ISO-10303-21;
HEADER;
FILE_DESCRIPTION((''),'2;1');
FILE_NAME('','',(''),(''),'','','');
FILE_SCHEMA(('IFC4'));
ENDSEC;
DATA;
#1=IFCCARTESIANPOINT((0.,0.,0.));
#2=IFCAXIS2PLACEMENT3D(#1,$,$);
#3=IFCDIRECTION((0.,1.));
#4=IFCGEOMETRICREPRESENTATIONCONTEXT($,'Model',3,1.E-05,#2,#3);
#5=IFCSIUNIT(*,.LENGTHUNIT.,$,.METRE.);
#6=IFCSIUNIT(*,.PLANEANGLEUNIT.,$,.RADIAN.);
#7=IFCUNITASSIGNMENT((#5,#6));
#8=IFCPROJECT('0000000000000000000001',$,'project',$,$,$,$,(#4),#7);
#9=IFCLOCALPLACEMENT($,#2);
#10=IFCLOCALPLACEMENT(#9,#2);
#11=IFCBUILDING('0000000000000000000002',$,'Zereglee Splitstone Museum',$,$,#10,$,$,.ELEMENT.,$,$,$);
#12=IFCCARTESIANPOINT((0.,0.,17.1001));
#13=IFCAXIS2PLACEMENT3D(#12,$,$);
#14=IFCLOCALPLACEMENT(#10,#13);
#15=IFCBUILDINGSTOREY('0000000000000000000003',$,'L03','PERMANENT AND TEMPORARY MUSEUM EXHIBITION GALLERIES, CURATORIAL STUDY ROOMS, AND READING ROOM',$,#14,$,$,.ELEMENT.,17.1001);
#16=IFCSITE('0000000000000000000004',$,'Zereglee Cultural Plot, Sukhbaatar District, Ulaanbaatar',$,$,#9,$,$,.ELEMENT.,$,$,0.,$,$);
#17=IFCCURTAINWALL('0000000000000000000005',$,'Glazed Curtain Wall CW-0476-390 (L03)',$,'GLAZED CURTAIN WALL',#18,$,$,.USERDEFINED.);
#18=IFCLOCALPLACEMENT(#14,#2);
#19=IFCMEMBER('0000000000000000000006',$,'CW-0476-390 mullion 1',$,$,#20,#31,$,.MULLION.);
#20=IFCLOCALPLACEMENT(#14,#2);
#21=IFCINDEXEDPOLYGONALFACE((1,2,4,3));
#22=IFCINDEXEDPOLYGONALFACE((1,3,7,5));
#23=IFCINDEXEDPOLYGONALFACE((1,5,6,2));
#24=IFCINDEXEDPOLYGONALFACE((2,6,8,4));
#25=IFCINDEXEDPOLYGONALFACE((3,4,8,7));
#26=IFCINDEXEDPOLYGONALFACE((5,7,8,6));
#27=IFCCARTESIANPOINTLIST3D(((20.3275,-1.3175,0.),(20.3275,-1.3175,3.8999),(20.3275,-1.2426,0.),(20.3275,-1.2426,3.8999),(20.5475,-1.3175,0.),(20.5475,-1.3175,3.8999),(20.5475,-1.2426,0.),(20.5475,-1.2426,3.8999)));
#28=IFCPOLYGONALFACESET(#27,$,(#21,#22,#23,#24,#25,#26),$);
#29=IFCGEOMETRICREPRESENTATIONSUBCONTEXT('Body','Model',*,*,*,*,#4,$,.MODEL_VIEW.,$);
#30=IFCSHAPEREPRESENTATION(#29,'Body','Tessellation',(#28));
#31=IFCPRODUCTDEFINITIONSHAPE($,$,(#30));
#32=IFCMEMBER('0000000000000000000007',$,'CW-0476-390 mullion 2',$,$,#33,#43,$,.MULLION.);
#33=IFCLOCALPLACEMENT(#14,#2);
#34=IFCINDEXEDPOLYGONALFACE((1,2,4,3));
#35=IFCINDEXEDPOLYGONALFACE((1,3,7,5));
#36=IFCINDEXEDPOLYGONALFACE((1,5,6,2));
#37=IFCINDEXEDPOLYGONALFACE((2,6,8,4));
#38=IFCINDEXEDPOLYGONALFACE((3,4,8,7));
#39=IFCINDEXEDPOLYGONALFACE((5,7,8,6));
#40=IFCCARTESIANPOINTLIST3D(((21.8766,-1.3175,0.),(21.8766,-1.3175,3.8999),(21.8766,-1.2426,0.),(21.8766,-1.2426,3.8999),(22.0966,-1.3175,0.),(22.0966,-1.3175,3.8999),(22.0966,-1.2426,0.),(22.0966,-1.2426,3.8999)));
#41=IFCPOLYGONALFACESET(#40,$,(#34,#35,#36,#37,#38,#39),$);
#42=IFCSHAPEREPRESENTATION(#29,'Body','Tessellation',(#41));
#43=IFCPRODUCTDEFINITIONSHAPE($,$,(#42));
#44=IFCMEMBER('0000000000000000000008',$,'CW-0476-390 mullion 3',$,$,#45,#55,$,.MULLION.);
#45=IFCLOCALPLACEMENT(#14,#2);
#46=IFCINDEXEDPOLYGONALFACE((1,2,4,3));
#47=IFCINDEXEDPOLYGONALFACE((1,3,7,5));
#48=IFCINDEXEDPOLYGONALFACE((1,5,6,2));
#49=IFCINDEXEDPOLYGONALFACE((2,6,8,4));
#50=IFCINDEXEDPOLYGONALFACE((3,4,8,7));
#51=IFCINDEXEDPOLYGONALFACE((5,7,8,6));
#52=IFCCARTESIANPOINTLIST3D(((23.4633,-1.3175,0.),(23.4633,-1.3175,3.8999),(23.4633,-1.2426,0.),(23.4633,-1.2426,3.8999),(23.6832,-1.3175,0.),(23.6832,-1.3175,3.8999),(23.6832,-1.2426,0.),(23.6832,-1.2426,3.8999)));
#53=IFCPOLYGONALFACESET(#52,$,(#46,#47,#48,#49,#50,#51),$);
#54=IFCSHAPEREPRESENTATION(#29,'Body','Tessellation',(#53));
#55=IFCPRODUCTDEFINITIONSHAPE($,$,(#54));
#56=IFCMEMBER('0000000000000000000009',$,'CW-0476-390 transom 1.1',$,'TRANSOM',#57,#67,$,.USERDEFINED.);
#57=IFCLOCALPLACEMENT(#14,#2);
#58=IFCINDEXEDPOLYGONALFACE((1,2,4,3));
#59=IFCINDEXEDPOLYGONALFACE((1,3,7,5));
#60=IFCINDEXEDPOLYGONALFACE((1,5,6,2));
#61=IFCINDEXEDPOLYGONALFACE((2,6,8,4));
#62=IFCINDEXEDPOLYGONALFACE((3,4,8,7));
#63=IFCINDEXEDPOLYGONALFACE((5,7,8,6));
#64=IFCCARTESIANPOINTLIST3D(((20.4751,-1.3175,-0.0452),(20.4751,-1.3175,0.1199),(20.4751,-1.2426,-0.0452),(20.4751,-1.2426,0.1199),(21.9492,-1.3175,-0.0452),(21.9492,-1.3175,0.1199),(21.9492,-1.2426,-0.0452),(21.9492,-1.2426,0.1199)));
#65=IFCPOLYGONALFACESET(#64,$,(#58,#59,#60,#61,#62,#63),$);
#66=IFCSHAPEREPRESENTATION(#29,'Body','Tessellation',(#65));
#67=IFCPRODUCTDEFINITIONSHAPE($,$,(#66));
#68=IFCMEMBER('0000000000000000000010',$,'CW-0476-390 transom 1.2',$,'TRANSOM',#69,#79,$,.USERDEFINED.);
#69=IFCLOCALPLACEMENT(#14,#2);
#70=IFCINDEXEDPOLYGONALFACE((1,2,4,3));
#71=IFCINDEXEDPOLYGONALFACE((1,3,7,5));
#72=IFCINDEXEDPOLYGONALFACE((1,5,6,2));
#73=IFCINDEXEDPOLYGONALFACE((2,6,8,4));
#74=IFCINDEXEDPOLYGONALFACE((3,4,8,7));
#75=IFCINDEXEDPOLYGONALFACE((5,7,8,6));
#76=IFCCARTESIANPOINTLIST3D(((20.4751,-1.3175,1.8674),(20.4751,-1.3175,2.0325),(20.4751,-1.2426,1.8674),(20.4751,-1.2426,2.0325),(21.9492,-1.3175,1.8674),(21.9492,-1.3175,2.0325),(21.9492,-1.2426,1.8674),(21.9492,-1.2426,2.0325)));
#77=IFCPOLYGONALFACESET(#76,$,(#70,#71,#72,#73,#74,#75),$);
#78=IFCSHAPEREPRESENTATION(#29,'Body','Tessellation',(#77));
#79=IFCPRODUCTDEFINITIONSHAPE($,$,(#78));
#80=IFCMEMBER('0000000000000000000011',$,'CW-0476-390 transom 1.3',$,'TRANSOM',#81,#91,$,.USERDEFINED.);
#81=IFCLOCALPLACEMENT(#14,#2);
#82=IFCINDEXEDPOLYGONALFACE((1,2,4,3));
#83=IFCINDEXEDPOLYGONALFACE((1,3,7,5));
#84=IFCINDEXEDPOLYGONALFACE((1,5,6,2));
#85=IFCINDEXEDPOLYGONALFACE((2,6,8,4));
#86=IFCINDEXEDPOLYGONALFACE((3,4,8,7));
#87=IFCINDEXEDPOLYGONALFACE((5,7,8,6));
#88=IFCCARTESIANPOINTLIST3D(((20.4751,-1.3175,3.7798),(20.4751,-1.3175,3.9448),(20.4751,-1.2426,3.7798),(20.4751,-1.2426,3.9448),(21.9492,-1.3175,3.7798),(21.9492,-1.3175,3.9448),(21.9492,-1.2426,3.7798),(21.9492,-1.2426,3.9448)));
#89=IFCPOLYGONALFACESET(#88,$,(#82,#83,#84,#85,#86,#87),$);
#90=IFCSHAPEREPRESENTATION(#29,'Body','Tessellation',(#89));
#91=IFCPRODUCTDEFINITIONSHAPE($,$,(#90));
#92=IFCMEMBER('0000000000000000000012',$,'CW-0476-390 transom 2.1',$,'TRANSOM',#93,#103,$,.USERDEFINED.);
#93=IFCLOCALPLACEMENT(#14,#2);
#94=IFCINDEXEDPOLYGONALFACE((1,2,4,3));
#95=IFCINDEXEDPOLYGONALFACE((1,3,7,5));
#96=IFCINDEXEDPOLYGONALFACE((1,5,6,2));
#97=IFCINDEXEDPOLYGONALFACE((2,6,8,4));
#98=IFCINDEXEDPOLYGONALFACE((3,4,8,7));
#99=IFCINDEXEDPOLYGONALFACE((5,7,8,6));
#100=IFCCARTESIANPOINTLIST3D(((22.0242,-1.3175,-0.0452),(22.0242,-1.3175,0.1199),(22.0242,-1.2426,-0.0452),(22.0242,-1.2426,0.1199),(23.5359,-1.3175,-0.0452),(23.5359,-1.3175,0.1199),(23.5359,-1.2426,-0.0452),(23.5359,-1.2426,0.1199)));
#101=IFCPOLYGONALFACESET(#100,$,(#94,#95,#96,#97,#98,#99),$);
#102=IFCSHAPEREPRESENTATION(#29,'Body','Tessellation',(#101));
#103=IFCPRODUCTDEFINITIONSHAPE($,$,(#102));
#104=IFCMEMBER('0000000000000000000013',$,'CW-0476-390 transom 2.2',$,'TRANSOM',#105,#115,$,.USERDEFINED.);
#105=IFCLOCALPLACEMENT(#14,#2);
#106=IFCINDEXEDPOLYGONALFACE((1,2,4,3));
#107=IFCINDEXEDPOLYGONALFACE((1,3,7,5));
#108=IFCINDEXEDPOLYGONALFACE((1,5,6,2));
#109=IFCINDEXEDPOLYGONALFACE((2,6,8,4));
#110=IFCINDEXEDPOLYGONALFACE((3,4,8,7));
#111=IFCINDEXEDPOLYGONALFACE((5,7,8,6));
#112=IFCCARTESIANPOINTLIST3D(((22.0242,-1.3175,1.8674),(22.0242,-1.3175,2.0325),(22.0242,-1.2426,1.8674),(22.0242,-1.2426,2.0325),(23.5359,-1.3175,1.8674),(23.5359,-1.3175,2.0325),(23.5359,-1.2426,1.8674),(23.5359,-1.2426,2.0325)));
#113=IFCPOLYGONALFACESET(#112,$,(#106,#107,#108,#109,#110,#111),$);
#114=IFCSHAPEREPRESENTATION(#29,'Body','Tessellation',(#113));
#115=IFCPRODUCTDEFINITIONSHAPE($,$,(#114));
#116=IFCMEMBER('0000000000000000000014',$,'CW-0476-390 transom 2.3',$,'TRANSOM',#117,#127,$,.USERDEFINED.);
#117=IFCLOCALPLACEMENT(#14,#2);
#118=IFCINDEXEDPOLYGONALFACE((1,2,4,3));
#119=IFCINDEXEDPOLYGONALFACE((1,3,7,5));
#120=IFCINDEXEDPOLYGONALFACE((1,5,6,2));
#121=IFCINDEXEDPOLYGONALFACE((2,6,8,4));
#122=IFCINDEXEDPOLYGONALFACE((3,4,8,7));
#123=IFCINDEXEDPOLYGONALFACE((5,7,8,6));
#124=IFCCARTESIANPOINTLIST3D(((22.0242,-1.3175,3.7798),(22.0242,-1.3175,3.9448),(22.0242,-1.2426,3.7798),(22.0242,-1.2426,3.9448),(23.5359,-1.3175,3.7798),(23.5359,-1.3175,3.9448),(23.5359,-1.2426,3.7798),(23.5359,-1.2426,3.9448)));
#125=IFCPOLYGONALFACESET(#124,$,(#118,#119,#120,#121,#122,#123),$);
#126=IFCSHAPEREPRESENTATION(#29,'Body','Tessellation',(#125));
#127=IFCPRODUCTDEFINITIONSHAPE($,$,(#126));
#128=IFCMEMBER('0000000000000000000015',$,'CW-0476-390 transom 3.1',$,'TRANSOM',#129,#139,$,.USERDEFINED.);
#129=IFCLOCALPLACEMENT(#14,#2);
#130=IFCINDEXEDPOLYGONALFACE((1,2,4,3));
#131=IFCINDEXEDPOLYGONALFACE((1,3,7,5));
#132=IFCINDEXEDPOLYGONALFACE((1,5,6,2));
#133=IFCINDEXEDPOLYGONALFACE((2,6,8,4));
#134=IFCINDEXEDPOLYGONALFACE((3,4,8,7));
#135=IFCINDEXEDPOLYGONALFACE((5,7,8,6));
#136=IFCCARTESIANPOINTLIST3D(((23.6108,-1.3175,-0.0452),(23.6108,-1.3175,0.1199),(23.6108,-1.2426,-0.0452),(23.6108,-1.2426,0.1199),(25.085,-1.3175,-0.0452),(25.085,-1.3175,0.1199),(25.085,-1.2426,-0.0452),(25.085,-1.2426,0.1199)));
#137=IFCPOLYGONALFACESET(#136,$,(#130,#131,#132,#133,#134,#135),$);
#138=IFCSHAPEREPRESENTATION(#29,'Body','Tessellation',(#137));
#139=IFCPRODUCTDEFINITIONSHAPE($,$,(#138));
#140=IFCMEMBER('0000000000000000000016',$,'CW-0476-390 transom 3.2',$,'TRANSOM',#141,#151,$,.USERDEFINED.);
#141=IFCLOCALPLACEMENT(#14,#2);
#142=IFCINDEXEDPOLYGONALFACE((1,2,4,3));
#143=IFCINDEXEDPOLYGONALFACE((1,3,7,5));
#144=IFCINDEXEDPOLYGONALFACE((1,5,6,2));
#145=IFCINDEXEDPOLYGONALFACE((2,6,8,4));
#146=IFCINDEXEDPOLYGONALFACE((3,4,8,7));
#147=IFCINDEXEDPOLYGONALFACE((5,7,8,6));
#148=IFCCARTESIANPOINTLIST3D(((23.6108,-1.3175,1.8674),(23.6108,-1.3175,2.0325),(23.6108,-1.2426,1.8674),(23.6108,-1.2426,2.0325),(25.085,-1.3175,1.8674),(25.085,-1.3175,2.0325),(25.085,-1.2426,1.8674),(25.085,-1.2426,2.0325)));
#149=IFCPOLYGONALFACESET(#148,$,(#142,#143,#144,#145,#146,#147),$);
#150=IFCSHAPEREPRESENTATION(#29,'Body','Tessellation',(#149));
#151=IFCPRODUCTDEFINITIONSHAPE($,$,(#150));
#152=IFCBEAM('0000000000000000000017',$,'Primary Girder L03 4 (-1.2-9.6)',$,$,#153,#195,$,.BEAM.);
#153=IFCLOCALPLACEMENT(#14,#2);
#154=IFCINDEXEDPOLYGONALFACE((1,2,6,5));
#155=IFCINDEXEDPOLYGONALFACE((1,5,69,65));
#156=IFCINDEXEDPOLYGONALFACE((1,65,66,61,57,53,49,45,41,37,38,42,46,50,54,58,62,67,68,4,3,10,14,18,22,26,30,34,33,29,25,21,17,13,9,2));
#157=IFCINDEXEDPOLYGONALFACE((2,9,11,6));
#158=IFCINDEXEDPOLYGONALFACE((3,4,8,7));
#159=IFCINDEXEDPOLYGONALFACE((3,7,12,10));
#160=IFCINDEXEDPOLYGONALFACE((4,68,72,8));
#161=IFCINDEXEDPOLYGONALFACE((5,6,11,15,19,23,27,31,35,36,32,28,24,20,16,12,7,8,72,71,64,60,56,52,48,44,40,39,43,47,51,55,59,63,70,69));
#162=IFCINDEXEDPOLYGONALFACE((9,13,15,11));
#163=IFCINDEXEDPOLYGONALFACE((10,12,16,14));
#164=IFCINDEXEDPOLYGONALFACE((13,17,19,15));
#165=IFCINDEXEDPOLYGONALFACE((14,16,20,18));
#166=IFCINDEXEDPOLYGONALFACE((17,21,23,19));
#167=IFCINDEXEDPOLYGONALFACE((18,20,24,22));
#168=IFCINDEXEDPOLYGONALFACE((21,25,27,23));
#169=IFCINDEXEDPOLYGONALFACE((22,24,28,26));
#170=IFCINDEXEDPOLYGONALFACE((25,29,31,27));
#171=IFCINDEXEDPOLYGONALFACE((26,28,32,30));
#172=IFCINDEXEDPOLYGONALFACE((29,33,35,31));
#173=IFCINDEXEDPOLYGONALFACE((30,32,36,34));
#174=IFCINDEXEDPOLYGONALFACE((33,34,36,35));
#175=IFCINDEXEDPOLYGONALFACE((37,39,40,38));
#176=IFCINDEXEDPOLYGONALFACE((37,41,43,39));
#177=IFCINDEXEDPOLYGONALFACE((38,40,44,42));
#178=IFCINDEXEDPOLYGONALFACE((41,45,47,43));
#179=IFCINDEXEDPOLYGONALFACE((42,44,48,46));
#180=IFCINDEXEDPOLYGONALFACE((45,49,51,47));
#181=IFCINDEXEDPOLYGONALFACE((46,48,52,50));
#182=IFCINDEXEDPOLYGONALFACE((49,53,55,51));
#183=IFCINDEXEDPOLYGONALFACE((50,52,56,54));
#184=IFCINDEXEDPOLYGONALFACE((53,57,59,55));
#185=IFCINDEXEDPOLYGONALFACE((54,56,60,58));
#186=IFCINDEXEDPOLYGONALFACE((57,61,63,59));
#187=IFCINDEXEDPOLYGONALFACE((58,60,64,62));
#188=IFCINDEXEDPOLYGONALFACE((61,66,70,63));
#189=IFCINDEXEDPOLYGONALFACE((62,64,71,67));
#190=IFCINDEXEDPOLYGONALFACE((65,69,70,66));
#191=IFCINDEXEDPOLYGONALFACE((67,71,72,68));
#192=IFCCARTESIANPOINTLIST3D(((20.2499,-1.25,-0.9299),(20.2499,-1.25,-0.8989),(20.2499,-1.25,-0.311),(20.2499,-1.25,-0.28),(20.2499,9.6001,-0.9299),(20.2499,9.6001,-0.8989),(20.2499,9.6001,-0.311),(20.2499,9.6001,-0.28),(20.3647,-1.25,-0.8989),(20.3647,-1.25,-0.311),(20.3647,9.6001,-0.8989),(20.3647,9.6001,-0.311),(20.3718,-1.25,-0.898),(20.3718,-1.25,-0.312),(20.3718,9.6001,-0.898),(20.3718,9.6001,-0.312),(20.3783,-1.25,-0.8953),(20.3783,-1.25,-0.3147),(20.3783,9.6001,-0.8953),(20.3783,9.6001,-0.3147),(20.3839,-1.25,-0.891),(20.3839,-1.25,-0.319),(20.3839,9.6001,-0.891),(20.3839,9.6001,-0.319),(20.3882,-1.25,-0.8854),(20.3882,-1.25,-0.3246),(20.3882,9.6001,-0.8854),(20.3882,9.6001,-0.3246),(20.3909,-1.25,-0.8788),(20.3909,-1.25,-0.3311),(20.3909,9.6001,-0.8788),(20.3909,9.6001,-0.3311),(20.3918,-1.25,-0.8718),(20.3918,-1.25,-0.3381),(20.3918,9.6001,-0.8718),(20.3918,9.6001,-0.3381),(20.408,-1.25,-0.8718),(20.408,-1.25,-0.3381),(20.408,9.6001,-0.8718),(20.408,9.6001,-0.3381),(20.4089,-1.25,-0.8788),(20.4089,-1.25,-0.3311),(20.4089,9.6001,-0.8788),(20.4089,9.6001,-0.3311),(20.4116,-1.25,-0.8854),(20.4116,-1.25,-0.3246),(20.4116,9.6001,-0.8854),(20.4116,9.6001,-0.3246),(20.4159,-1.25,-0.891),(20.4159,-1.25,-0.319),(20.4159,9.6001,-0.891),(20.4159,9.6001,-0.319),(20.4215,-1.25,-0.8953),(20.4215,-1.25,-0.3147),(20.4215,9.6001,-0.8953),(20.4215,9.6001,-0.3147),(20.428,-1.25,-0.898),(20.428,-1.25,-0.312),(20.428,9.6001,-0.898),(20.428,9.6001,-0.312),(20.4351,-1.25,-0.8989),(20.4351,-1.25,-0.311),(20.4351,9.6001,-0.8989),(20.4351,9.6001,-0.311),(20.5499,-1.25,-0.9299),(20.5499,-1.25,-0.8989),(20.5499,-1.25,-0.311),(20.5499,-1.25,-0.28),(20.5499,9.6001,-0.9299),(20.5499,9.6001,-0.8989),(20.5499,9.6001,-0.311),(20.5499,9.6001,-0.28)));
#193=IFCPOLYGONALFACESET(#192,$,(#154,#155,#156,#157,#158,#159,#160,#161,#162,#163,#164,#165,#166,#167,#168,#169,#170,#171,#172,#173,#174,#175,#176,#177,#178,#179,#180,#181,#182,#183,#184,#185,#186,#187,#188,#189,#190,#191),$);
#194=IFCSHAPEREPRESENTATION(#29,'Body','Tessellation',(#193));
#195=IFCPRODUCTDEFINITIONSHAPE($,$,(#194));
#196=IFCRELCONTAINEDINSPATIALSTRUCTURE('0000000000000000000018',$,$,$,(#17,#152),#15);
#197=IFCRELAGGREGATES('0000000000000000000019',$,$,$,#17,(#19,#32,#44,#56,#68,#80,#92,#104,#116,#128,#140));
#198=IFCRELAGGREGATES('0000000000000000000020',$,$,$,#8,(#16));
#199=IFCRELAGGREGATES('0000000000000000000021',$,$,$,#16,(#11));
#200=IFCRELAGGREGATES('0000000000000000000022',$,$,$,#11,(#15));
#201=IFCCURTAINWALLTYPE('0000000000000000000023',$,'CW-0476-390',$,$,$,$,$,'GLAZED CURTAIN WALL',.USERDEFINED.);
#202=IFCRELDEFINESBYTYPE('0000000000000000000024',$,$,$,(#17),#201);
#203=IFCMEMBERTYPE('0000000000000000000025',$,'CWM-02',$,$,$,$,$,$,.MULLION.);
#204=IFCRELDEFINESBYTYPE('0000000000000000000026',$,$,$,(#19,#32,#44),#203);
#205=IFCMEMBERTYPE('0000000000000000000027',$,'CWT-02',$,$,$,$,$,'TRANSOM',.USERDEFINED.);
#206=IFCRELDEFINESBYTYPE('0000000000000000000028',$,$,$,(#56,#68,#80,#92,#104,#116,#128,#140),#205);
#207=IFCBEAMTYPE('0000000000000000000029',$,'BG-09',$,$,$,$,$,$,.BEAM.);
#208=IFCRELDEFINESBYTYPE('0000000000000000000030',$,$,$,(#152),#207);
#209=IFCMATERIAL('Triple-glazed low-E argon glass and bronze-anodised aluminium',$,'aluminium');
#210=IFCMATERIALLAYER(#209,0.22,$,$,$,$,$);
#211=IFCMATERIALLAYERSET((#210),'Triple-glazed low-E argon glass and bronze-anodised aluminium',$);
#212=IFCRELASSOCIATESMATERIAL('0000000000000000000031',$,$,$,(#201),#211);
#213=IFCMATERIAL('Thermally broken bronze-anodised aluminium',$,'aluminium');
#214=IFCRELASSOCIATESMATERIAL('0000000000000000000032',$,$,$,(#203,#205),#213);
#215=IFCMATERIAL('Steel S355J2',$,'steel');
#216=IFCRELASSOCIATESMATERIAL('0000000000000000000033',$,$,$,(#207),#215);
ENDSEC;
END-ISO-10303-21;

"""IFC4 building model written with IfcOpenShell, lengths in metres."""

from ifc_helpers import new_model, si_unit, direction, frame, origin, origin_2d, place, context, subcontext, project, spatial, rectangle, i_section, extrude, material, layer, layer_set, material_profile, profile_set, type_object, element, aggregate, save


model = new_model("IFC4")

# Units and contexts
model_context = context("Model", 3, precision=1e-05, world=origin(), true_north=direction((0.0, 1.0)))
body_context = subcontext(model_context, "Body", "Model", "MODEL_VIEW")
ifc_project = project(units=[si_unit("LENGTHUNIT", "METRE"), si_unit("PLANEANGLEUNIT", "RADIAN")], contexts=[model_context])

# Site, building, storey
site_placement = place(None, origin())
site = spatial("IfcSite", under=ifc_project, at=site_placement, Name="Zereglee Cultural Plot, Sukhbaatar District, Ulaanbaatar", CompositionType="ELEMENT", RefElevation=0.0)
building_placement = place(site_placement, origin())
building = spatial("IfcBuilding", under=site, at=building_placement, Name="Zereglee Splitstone Museum", CompositionType="ELEMENT")
storey_placement = place(building_placement, frame((0.0, 0.0, 17.1001)))
storey = spatial("IfcBuildingStorey", under=building, at=storey_placement, Name="L03", Description="PERMANENT AND TEMPORARY MUSEUM EXHIBITION GALLERIES, CURATORIAL STUDY ROOMS, AND READING ROOM", CompositionType="ELEMENT", Elevation=17.1001)

# Curtain wall, members
ifc_material_1 = material(Name="Triple-glazed low-E argon glass and bronze-anodised aluminium", Category="aluminium")
ifc_layer_1 = layer(ifc_material_1, 0.22)
ifc_layer_set_1 = layer_set([ifc_layer_1], Name="Triple-glazed low-E argon glass and bronze-anodised aluminium")
curtain_wall_type = type_object("IfcCurtainWallType", Name="CW-0476-390", ElementType="GLAZED CURTAIN WALL", PredefinedType="USERDEFINED", material=ifc_layer_set_1)
curtain_wall_placement = place(storey_placement, origin())
curtain_wall = element("IfcCurtainWall", 1, at=curtain_wall_placement, inside=storey, type_object=curtain_wall_type, Name="Glazed Curtain Wall CW-0476-390 (L03)", ObjectType="GLAZED CURTAIN WALL", PredefinedType="USERDEFINED")
ifc_material_2 = material(Name="Thermally broken bronze-anodised aluminium", Category="aluminium")
ifc_material_profile_1 = material_profile(ifc_material_2, rectangle(XDim=0.075, YDim=0.22, at=origin_2d()), Name="CW MULL 75x220")
ifc_profile_set_1 = profile_set([ifc_material_profile_1], Name="Thermally broken bronze-anodised aluminium")
member_type_1 = type_object("IfcMemberType", Name="CWM-02", PredefinedType="MULLION", material=ifc_profile_set_1)
member_1_placement = place(storey_placement, frame((20.4375, -1.28, 0.0), z_axis=(0.0, 0.0, 1.0), x_axis=(0.0, 1.0, 0.0)))
member_1 = element("IfcMember", 2, at=member_1_placement, type_object=member_type_1, Name="CW-0476-390 mullion 1", PredefinedType="MULLION", context=body_context, shape_type="SweptSolid", body=[
    extrude(rectangle(XDim=0.075, YDim=0.22, at=origin_2d()), origin(), (0.0, 0.0, 1.0), 3.8999),
])
member_2_placement = place(storey_placement, frame((21.9866, -1.28, 0.0), z_axis=(0.0, 0.0, 1.0), x_axis=(0.0, 1.0, 0.0)))
member_2 = element("IfcMember", 3, at=member_2_placement, type_object=member_type_1, Name="CW-0476-390 mullion 2", PredefinedType="MULLION", context=body_context, shape_type="SweptSolid", body=[
    extrude(rectangle(XDim=0.075, YDim=0.22, at=origin_2d()), origin(), (0.0, 0.0, 1.0), 3.8999),
])
member_3_placement = place(storey_placement, frame((23.5732, -1.28, 0.0), z_axis=(0.0, 0.0, 1.0), x_axis=(0.0, 1.0, 0.0)))
member_3 = element("IfcMember", 4, at=member_3_placement, type_object=member_type_1, Name="CW-0476-390 mullion 3", PredefinedType="MULLION", context=body_context, shape_type="SweptSolid", body=[
    extrude(rectangle(XDim=0.075, YDim=0.22, at=origin_2d()), origin(), (0.0, 0.0, 1.0), 3.8999),
])
ifc_material_profile_2 = material_profile(ifc_material_2, rectangle(XDim=0.075, YDim=0.165, at=origin_2d()), Name="CW TRAN 75x165")
ifc_profile_set_2 = profile_set([ifc_material_profile_2], Name="Thermally broken bronze-anodised aluminium")
member_type_2 = type_object("IfcMemberType", Name="CWT-02", ElementType="TRANSOM", PredefinedType="USERDEFINED", material=ifc_profile_set_2)
member_4_placement = place(storey_placement, frame((20.4751, -1.28, 0.0374), z_axis=(1.0, 0.0, 0.0), x_axis=(0.0, 1.0, 0.0)))
member_4 = element("IfcMember", 5, at=member_4_placement, type_object=member_type_2, Name="CW-0476-390 transom 1.1", ObjectType="TRANSOM", PredefinedType="USERDEFINED", context=body_context, shape_type="SweptSolid", body=[
    extrude(rectangle(XDim=0.075, YDim=0.165, at=origin_2d()), origin(), (0.0, 0.0, 1.0), 1.4741),
])
member_5_placement = place(storey_placement, frame((20.4751, -1.28, 1.95), z_axis=(1.0, 0.0, 0.0), x_axis=(0.0, 1.0, 0.0)))
member_5 = element("IfcMember", 6, at=member_5_placement, type_object=member_type_2, Name="CW-0476-390 transom 1.2", ObjectType="TRANSOM", PredefinedType="USERDEFINED", context=body_context, shape_type="SweptSolid", body=[
    extrude(rectangle(XDim=0.075, YDim=0.165, at=origin_2d()), origin(), (0.0, 0.0, 1.0), 1.4741),
])
member_6_placement = place(storey_placement, frame((20.4751, -1.28, 3.8623), z_axis=(1.0, 0.0, 0.0), x_axis=(0.0, 1.0, 0.0)))
member_6 = element("IfcMember", 7, at=member_6_placement, type_object=member_type_2, Name="CW-0476-390 transom 1.3", ObjectType="TRANSOM", PredefinedType="USERDEFINED", context=body_context, shape_type="SweptSolid", body=[
    extrude(rectangle(XDim=0.075, YDim=0.165, at=origin_2d()), origin(), (0.0, 0.0, 1.0), 1.4741),
])
member_7_placement = place(storey_placement, frame((22.0242, -1.28, 0.0374), z_axis=(1.0, 0.0, 0.0), x_axis=(0.0, 1.0, 0.0)))
member_7 = element("IfcMember", 8, at=member_7_placement, type_object=member_type_2, Name="CW-0476-390 transom 2.1", ObjectType="TRANSOM", PredefinedType="USERDEFINED", context=body_context, shape_type="SweptSolid", body=[
    extrude(rectangle(XDim=0.075, YDim=0.165, at=origin_2d()), origin(), (0.0, 0.0, 1.0), 1.5117),
])
member_8_placement = place(storey_placement, frame((22.0242, -1.28, 1.95), z_axis=(1.0, 0.0, 0.0), x_axis=(0.0, 1.0, 0.0)))
member_8 = element("IfcMember", 9, at=member_8_placement, type_object=member_type_2, Name="CW-0476-390 transom 2.2", ObjectType="TRANSOM", PredefinedType="USERDEFINED", context=body_context, shape_type="SweptSolid", body=[
    extrude(rectangle(XDim=0.075, YDim=0.165, at=origin_2d()), origin(), (0.0, 0.0, 1.0), 1.5117),
])
member_9_placement = place(storey_placement, frame((22.0242, -1.28, 3.8623), z_axis=(1.0, 0.0, 0.0), x_axis=(0.0, 1.0, 0.0)))
member_9 = element("IfcMember", 10, at=member_9_placement, type_object=member_type_2, Name="CW-0476-390 transom 2.3", ObjectType="TRANSOM", PredefinedType="USERDEFINED", context=body_context, shape_type="SweptSolid", body=[
    extrude(rectangle(XDim=0.075, YDim=0.165, at=origin_2d()), origin(), (0.0, 0.0, 1.0), 1.5117),
])
member_10_placement = place(storey_placement, frame((23.6108, -1.28, 0.0374), z_axis=(1.0, 0.0, 0.0), x_axis=(0.0, 1.0, 0.0)))
member_10 = element("IfcMember", 11, at=member_10_placement, type_object=member_type_2, Name="CW-0476-390 transom 3.1", ObjectType="TRANSOM", PredefinedType="USERDEFINED", context=body_context, shape_type="SweptSolid", body=[
    extrude(rectangle(XDim=0.075, YDim=0.165, at=origin_2d()), origin(), (0.0, 0.0, 1.0), 1.4741),
])
member_11_placement = place(storey_placement, frame((23.6108, -1.28, 1.95), z_axis=(1.0, 0.0, 0.0), x_axis=(0.0, 1.0, 0.0)))
member_11 = element("IfcMember", 12, at=member_11_placement, type_object=member_type_2, Name="CW-0476-390 transom 3.2", ObjectType="TRANSOM", PredefinedType="USERDEFINED", context=body_context, shape_type="SweptSolid", body=[
    extrude(rectangle(XDim=0.075, YDim=0.165, at=origin_2d()), origin(), (0.0, 0.0, 1.0), 1.4741),
])

# Beam
ifc_material_3 = material(Name="Steel S355J2", Category="steel")
ifc_material_profile_3 = material_profile(ifc_material_3, i_section(OverallWidth=0.3, OverallDepth=0.6499, WebThickness=0.0161, FlangeThickness=0.031, FilletRadius=0.0271, at=origin_2d()), Name="HE 650 B")
ifc_profile_set_3 = profile_set([ifc_material_profile_3], Name="Steel S355J2")
beam_type_1 = type_object("IfcBeamType", Name="BG-09", PredefinedType="BEAM", material=ifc_profile_set_3)
beam_1_placement = place(storey_placement, frame((20.3999, -1.25, -0.605), z_axis=(0.0, 1.0, 0.0), x_axis=(-1.0, 0.0, 0.0)))
element("IfcBeam", 13, at=beam_1_placement, inside=storey, type_object=beam_type_1, Name="Primary Girder L03 4 (-1.2-9.6)", PredefinedType="BEAM", context=body_context, shape_type="SweptSolid", body=[
    extrude(i_section(OverallWidth=0.3, OverallDepth=0.6499, WebThickness=0.0161, FlangeThickness=0.031, FilletRadius=0.0271, at=origin_2d()), origin(), (0.0, 0.0, 1.0), 10.8501),
])

aggregate(curtain_wall, [member_1, member_2, member_3, member_4, member_5, member_6, member_7, member_8, member_9, member_10, member_11])

save(model, "model.ifc")
